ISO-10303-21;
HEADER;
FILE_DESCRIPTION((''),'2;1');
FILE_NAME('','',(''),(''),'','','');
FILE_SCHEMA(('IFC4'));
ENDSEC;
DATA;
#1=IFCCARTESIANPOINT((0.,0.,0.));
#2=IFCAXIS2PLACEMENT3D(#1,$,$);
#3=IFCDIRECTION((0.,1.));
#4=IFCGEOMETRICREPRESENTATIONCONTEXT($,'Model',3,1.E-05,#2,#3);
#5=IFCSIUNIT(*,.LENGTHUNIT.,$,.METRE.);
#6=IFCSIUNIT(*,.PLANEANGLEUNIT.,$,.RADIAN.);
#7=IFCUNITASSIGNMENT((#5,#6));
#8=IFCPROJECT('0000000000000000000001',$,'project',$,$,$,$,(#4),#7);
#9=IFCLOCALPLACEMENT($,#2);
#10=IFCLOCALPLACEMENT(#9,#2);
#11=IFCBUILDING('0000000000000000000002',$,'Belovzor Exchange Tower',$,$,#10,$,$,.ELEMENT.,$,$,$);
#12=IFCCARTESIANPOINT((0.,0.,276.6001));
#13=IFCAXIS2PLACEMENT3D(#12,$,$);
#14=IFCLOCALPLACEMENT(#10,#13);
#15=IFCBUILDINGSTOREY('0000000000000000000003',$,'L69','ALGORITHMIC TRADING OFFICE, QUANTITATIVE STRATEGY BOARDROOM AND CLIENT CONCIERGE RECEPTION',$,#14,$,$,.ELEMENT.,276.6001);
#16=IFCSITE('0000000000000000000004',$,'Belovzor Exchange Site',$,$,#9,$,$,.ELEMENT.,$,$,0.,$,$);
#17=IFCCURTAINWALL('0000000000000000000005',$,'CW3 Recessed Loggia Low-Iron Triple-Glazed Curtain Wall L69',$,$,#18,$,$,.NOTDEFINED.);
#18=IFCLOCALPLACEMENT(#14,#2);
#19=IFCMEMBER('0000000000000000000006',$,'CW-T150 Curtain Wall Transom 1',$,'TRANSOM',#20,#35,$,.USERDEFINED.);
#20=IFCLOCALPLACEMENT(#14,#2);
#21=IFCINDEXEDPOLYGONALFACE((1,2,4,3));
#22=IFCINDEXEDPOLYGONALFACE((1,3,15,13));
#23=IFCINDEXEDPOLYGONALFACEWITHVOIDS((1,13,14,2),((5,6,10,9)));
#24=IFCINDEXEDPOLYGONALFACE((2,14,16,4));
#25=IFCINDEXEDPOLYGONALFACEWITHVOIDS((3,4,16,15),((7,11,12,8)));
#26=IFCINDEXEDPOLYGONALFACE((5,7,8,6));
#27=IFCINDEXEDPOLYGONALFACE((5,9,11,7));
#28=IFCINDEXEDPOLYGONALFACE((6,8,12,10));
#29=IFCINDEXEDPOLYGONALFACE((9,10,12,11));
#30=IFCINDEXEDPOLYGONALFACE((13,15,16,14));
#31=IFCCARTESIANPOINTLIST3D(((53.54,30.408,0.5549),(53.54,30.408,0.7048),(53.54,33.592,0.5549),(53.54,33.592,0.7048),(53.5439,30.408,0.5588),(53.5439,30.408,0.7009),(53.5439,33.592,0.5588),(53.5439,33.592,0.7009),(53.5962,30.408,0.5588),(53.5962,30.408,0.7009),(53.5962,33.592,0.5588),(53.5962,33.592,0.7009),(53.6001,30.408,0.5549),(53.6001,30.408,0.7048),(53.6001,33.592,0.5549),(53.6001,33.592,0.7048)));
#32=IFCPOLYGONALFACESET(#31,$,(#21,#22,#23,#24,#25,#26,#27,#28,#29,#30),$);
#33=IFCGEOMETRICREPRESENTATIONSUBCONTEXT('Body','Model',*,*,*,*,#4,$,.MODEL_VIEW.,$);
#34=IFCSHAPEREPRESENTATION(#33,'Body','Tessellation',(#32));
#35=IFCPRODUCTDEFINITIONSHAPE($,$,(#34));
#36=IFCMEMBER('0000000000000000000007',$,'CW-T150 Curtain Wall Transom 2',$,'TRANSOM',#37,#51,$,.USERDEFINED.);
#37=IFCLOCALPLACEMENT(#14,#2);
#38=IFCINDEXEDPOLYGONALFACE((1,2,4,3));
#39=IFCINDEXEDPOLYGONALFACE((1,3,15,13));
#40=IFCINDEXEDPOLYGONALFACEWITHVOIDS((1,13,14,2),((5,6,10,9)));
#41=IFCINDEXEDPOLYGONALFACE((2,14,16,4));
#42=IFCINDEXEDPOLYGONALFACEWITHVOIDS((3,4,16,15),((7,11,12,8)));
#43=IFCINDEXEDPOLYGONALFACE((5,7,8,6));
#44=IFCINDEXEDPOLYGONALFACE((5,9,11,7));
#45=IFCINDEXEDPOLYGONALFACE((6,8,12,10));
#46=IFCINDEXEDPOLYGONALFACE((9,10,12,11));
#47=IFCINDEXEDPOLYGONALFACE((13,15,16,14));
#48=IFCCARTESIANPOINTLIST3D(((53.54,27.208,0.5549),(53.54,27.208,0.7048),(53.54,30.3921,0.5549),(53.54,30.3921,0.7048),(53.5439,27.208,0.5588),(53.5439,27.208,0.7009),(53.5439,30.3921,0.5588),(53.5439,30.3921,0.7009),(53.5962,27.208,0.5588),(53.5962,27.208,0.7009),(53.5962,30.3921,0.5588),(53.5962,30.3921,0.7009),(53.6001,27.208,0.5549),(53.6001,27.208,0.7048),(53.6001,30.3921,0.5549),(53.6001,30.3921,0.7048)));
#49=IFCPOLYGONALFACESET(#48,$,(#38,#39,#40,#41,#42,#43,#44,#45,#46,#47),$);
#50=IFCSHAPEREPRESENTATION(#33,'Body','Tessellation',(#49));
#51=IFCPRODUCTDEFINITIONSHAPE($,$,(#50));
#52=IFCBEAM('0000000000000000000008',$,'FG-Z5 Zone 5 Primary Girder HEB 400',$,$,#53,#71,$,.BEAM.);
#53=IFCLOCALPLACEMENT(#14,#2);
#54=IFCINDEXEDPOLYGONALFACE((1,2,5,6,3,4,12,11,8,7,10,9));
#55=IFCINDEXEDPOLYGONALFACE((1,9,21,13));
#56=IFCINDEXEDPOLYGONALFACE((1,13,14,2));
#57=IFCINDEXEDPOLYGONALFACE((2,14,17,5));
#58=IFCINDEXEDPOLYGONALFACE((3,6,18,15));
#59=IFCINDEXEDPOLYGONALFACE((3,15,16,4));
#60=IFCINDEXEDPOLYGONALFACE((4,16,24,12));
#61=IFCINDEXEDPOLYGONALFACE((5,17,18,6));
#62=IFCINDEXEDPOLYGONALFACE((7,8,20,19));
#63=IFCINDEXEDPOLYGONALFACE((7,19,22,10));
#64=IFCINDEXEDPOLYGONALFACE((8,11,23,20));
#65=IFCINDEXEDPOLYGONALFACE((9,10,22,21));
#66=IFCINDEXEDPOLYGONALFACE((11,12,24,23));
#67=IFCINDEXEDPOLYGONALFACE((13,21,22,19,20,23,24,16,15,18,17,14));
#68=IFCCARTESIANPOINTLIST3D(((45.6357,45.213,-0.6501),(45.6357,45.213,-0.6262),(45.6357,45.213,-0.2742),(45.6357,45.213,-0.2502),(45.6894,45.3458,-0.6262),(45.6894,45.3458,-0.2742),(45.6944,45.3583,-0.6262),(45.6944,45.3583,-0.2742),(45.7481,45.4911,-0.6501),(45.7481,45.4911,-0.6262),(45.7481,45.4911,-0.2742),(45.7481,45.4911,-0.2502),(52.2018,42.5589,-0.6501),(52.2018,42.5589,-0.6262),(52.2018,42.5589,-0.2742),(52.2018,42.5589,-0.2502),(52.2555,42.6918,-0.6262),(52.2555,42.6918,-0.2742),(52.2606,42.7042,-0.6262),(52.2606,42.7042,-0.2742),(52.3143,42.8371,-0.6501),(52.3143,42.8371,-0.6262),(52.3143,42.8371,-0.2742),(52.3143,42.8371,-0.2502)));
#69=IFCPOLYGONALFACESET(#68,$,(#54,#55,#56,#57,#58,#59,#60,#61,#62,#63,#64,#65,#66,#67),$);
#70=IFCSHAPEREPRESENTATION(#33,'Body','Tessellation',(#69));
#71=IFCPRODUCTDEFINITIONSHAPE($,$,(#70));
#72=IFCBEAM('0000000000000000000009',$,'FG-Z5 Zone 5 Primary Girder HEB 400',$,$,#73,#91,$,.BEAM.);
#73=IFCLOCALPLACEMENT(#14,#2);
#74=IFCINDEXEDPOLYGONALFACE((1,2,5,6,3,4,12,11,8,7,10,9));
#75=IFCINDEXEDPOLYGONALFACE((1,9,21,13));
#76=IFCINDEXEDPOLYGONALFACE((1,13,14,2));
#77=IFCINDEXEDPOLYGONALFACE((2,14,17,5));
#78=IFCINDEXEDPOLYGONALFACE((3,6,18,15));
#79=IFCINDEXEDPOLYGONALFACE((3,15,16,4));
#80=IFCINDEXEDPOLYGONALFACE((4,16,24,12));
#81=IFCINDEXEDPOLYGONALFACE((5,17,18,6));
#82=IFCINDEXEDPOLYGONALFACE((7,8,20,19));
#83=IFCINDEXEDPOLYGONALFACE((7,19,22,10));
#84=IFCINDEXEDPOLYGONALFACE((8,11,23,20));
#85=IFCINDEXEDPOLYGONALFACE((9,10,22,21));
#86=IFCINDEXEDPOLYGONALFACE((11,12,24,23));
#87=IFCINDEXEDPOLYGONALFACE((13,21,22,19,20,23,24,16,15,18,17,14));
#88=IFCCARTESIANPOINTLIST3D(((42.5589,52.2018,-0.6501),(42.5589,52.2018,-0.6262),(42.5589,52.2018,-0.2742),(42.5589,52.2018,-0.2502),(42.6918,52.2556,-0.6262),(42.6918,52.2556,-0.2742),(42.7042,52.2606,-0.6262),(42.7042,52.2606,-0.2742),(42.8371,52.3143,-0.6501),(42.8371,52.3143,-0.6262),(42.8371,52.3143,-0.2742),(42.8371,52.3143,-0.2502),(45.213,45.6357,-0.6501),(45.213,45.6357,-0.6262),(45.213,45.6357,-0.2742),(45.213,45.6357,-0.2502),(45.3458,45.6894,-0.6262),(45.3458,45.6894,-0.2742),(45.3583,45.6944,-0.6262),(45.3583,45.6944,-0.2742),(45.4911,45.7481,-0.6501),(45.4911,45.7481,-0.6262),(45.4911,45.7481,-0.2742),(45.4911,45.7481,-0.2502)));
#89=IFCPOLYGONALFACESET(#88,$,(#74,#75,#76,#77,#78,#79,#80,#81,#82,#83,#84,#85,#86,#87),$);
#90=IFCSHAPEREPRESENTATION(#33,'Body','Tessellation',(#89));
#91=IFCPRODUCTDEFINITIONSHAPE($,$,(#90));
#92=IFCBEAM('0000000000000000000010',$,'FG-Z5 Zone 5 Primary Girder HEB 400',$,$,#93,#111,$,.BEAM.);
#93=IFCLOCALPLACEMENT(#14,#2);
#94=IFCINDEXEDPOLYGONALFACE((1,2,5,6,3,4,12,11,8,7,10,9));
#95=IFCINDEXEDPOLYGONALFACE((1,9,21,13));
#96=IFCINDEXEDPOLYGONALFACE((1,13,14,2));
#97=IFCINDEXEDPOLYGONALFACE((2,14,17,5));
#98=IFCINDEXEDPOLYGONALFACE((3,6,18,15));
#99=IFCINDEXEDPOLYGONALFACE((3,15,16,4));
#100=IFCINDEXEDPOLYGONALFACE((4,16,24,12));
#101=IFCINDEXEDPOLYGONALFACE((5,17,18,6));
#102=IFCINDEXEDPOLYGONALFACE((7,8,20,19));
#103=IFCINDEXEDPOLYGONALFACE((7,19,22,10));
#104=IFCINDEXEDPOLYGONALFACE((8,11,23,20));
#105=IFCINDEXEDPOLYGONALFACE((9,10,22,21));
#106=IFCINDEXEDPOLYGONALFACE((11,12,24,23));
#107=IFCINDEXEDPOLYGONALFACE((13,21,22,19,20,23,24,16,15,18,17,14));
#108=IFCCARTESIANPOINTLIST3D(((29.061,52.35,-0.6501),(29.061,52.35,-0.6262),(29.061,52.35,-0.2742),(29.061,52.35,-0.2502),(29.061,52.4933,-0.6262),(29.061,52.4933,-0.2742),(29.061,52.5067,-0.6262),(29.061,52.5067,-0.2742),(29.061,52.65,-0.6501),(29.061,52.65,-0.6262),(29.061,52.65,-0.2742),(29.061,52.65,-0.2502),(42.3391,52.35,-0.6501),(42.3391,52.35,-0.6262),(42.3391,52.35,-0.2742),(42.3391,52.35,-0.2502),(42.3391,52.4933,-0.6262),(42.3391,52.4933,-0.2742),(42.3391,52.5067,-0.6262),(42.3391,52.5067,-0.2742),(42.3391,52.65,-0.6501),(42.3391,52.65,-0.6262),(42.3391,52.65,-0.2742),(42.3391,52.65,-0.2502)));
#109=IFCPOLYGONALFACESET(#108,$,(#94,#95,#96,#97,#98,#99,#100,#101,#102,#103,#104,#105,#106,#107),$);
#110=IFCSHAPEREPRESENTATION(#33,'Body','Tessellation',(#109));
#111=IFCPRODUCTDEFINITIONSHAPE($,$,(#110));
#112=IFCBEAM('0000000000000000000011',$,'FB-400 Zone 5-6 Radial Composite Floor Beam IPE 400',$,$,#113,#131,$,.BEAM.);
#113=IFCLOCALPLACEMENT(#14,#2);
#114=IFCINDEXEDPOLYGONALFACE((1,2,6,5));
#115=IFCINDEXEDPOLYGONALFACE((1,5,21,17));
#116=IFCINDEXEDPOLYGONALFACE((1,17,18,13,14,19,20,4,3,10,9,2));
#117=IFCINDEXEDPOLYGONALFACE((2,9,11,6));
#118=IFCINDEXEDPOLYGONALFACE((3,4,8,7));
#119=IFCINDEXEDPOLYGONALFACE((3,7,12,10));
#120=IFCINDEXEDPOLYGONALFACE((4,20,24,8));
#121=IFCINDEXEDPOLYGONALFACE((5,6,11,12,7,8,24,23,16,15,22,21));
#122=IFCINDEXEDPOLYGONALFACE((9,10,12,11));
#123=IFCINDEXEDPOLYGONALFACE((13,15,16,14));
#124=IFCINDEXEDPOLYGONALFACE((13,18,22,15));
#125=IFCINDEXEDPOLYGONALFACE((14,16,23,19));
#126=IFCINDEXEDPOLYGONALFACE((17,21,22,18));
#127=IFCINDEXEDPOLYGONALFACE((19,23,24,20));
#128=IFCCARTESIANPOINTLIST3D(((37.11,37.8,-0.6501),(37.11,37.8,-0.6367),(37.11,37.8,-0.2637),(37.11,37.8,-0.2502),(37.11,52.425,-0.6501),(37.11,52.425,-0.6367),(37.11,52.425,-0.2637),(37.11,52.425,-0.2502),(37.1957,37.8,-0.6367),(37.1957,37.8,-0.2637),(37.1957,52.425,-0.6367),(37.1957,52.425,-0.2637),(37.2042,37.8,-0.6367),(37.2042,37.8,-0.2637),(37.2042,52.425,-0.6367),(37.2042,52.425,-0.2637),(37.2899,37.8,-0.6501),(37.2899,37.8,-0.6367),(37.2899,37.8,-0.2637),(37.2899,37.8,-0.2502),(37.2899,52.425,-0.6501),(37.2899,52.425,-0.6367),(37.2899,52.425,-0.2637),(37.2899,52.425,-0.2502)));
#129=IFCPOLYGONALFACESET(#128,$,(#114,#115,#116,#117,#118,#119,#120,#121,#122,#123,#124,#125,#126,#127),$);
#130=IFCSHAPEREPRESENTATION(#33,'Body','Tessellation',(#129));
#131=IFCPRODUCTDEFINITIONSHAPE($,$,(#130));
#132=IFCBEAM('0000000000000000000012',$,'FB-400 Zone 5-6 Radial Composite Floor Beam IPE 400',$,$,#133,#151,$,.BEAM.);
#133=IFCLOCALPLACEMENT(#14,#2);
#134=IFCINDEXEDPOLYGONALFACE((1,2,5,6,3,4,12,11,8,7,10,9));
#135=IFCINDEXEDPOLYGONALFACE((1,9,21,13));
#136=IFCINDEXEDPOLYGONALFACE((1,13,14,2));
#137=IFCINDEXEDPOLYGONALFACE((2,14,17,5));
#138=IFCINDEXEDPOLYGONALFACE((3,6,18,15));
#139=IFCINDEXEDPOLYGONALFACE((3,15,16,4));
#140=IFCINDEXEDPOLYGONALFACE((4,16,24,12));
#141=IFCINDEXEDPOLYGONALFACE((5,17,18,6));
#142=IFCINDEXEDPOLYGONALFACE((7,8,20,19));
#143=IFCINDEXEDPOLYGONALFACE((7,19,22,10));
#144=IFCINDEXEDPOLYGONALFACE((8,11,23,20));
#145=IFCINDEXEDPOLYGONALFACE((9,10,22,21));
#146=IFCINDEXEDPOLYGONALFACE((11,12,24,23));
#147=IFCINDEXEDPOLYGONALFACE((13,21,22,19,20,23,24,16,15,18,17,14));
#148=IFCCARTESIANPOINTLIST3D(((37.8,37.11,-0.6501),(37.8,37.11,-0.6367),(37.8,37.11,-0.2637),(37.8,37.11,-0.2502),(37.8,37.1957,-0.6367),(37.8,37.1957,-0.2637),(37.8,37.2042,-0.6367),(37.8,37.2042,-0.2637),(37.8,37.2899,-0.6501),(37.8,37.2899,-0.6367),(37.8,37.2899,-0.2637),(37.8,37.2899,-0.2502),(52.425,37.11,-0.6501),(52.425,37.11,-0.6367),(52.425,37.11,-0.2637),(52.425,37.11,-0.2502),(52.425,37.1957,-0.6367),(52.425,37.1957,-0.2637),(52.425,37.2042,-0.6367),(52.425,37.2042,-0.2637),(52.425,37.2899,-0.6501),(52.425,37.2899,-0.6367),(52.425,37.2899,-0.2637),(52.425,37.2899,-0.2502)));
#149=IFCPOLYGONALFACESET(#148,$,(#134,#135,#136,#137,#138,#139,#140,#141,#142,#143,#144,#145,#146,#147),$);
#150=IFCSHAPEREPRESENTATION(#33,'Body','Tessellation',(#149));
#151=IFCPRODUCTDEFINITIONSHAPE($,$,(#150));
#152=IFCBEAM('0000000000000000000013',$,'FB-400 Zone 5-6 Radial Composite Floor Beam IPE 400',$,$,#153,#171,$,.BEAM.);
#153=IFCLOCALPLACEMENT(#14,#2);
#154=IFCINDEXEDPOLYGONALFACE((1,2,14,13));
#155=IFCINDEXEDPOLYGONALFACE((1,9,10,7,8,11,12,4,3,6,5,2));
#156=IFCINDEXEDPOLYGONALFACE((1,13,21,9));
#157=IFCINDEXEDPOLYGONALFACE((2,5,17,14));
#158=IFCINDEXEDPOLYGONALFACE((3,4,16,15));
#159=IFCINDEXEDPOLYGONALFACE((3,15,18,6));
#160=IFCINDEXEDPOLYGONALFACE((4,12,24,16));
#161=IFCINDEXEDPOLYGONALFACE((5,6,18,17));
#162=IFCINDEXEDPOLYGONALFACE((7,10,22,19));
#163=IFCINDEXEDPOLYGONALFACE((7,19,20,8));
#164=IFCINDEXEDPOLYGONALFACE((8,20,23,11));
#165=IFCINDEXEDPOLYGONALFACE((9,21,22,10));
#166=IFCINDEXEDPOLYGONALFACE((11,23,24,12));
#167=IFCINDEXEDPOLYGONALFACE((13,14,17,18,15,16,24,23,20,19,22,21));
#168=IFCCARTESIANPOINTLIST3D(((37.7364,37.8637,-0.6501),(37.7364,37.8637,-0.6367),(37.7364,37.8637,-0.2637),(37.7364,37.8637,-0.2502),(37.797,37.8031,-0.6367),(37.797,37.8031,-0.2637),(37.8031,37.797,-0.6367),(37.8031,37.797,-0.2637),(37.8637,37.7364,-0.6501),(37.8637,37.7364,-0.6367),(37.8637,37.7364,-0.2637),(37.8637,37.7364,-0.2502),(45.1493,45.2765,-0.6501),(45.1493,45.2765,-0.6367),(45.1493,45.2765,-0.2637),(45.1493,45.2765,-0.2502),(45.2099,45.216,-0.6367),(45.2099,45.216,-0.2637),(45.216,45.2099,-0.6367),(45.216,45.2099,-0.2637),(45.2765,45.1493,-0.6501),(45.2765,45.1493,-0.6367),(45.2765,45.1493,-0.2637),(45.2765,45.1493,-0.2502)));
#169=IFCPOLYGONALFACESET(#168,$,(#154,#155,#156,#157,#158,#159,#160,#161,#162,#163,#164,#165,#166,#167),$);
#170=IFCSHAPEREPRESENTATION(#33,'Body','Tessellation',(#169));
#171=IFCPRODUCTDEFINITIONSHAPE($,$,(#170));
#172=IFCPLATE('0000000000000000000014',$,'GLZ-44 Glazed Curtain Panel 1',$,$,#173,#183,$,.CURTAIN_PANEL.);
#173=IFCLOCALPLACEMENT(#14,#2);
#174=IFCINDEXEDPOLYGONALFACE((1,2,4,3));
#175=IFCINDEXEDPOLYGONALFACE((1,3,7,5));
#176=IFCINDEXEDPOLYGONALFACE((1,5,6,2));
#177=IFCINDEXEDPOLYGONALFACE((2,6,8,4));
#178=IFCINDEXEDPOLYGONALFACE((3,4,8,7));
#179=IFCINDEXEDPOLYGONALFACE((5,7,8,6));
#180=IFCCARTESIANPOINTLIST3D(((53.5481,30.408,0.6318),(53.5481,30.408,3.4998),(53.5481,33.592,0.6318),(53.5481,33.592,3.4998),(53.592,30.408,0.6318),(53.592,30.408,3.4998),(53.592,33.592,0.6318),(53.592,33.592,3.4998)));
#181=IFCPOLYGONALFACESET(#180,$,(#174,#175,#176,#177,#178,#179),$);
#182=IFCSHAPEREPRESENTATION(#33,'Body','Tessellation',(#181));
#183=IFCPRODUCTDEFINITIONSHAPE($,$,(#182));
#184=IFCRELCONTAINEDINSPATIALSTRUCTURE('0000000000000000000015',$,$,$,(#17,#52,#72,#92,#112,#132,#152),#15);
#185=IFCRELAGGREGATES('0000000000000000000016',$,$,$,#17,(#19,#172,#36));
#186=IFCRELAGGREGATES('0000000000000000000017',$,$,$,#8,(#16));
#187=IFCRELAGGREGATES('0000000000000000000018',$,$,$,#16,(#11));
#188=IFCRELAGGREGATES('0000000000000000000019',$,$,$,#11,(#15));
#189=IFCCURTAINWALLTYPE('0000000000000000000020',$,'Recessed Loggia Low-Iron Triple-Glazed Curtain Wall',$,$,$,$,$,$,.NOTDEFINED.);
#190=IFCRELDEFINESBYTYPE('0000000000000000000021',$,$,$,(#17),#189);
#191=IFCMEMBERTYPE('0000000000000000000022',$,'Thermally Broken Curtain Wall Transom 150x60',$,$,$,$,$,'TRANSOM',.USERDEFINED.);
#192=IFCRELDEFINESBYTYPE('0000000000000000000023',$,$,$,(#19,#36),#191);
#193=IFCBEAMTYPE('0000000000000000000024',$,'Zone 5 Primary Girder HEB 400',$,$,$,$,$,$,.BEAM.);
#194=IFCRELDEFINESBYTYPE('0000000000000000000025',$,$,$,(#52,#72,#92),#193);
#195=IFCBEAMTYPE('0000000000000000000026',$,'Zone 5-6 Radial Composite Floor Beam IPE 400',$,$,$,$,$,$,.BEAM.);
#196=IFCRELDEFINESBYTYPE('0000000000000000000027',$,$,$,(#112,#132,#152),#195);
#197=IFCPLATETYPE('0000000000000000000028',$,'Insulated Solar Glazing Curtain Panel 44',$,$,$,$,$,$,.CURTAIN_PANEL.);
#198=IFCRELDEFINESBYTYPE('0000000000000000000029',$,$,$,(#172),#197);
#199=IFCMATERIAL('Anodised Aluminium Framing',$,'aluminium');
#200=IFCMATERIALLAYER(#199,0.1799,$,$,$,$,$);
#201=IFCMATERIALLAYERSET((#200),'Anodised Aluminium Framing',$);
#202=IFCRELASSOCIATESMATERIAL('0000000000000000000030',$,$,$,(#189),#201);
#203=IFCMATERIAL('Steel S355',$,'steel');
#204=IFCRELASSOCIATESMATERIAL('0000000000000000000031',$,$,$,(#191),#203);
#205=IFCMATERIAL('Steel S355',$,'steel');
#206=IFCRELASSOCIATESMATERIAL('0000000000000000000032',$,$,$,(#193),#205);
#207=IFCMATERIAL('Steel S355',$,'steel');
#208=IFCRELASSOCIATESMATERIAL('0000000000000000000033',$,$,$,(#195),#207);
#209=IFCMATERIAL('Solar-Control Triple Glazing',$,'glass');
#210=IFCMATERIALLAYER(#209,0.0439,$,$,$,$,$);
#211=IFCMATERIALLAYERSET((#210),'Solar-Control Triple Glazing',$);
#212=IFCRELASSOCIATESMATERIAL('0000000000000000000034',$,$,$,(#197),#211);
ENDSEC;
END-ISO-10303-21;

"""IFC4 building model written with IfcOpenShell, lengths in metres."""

from ifc_helpers import new_model, si_unit, direction, frame, origin, origin_2d, place, context, subcontext, project, spatial, rectangle, hollow_rectangle, i_section, extrude, material, layer, layer_set, material_profile, profile_set, type_object, element, aggregate, save


model = new_model("IFC4")

# Units and contexts
model_context = context("Model", 3, precision=1e-05, world=origin(), true_north=direction((0.0, 1.0)))
body_context = subcontext(model_context, "Body", "Model", "MODEL_VIEW")
ifc_project = project(units=[si_unit("LENGTHUNIT", "METRE"), si_unit("PLANEANGLEUNIT", "RADIAN")], contexts=[model_context])

# Site, building, storey
site_placement = place(None, origin())
site = spatial("IfcSite", under=ifc_project, at=site_placement, Name="Belovzor Exchange Site", CompositionType="ELEMENT", RefElevation=0.0)
building_placement = place(site_placement, origin())
building = spatial("IfcBuilding", under=site, at=building_placement, Name="Belovzor Exchange Tower", CompositionType="ELEMENT")
storey_placement = place(building_placement, frame((0.0, 0.0, 276.6001)))
storey = spatial("IfcBuildingStorey", under=building, at=storey_placement, Name="L69", Description="ALGORITHMIC TRADING OFFICE, QUANTITATIVE STRATEGY BOARDROOM AND CLIENT CONCIERGE RECEPTION", CompositionType="ELEMENT", Elevation=276.6001)

# Curtain wall, members
ifc_material_1 = material(Name="Anodised Aluminium Framing", Category="aluminium")
ifc_layer_1 = layer(ifc_material_1, 0.1799)
ifc_layer_set_1 = layer_set([ifc_layer_1], Name="Anodised Aluminium Framing")
curtain_wall_type = type_object("IfcCurtainWallType", Name="Recessed Loggia Low-Iron Triple-Glazed Curtain Wall", PredefinedType="NOTDEFINED", material=ifc_layer_set_1)
curtain_wall_placement = place(storey_placement, origin())
curtain_wall = element("IfcCurtainWall", 1, at=curtain_wall_placement, inside=storey, type_object=curtain_wall_type, Name="CW3 Recessed Loggia Low-Iron Triple-Glazed Curtain Wall L69", PredefinedType="NOTDEFINED")
ifc_material_2 = material(Name="Steel S355", Category="steel")
ifc_material_profile_1 = material_profile(ifc_material_2, hollow_rectangle(XDim=0.0601, YDim=0.1499, WallThickness=0.0039, at=origin_2d()))
ifc_profile_set_1 = profile_set([ifc_material_profile_1], Name="Steel S355")
member_type_1 = type_object("IfcMemberType", Name="Thermally Broken Curtain Wall Transom 150x60", ElementType="TRANSOM", PredefinedType="USERDEFINED", material=ifc_profile_set_1)
member_1_placement = place(storey_placement, frame((53.5701, 33.592, 0.6299), z_axis=(0.0, -1.0, 0.0), x_axis=(1.0, 0.0, 0.0)))
member_1 = element("IfcMember", 2, at=member_1_placement, type_object=member_type_1, Name="CW-T150 Curtain Wall Transom 1", ObjectType="TRANSOM", PredefinedType="USERDEFINED", context=body_context, shape_type="SweptSolid", body=[
    extrude(hollow_rectangle(XDim=0.0601, YDim=0.1499, WallThickness=0.0039, at=origin_2d()), origin(), (0.0, 0.0, 1.0), 3.1841),
])
member_2_placement = place(storey_placement, frame((53.5701, 30.3921, 0.6299), z_axis=(0.0, -1.0, 0.0), x_axis=(1.0, 0.0, 0.0)))
member_2 = element("IfcMember", 3, at=member_2_placement, type_object=member_type_1, Name="CW-T150 Curtain Wall Transom 2", ObjectType="TRANSOM", PredefinedType="USERDEFINED", context=body_context, shape_type="SweptSolid", body=[
    extrude(hollow_rectangle(XDim=0.0601, YDim=0.1499, WallThickness=0.0039, at=origin_2d()), origin(), (0.0, 0.0, 1.0), 3.1841),
])

# Beams
ifc_material_3 = material(Name="Steel S355", Category="steel")
ifc_material_profile_2 = material_profile(ifc_material_3, i_section(OverallWidth=0.3, OverallDepth=0.3999, WebThickness=0.0134, FlangeThickness=0.0239, at=origin_2d()))
ifc_profile_set_2 = profile_set([ifc_material_profile_2], Name="Steel S355")
beam_type_1 = type_object("IfcBeamType", Name="Zone 5 Primary Girder HEB 400", PredefinedType="BEAM", material=ifc_profile_set_2)
for number, where, z_axis, x_axis, name in (
    (4, (52.2581, 42.698, -0.4502), (-0.927127, 0.374746, 0.0), (-0.374746, -0.927127, 0.0), "FG-Z5 Zone 5 Primary Girder HEB 400"),
    (5, (45.3521, 45.6919, -0.4502), (-0.374746, 0.927127, 0.0), (-0.927127, -0.374746, 0.0), "FG-Z5 Zone 5 Primary Girder HEB 400"),
):
    element("IfcBeam", number, at=place(storey_placement, frame(where, z_axis=z_axis, x_axis=x_axis)), inside=storey, type_object=beam_type_1, Name=name, PredefinedType="BEAM", context=body_context, shape_type="SweptSolid", body=[
        extrude(i_section(OverallWidth=0.3, OverallDepth=0.3999, WebThickness=0.0134, FlangeThickness=0.0239, at=origin_2d()), origin(), (0.0, 0.0, 1.0), 7.0823),
    ])
beam_1_placement = place(storey_placement, frame((42.3391, 52.5, -0.4502), z_axis=(-1.0, 0.0, 0.0), x_axis=(0.0, -1.0, 0.0)))
element("IfcBeam", 6, at=beam_1_placement, inside=storey, type_object=beam_type_1, Name="FG-Z5 Zone 5 Primary Girder HEB 400", PredefinedType="BEAM", context=body_context, shape_type="SweptSolid", body=[
    extrude(i_section(OverallWidth=0.3, OverallDepth=0.3999, WebThickness=0.0134, FlangeThickness=0.0239, at=origin_2d()), origin(), (0.0, 0.0, 1.0), 13.2781),
])
ifc_material_4 = material(Name="Steel S355", Category="steel")
ifc_material_profile_3 = material_profile(ifc_material_4, i_section(OverallWidth=0.1799, OverallDepth=0.3999, WebThickness=0.0085, FlangeThickness=0.0134, at=origin_2d()))
ifc_profile_set_3 = profile_set([ifc_material_profile_3], Name="Steel S355")
beam_type_2 = type_object("IfcBeamType", Name="Zone 5-6 Radial Composite Floor Beam IPE 400", PredefinedType="BEAM", material=ifc_profile_set_3)
for number, where, z_axis, x_axis, name in (
    (7, (37.2, 37.8, -0.4502), (0.0, 1.0, 0.0), (-1.0, 0.0, 0.0), "FB-400 Zone 5-6 Radial Composite Floor Beam IPE 400"),
    (8, (37.8, 37.2, -0.4502), (1.0, 0.0, 0.0), (0.0, 1.0, 0.0), "FB-400 Zone 5-6 Radial Composite Floor Beam IPE 400"),
):
    element("IfcBeam", number, at=place(storey_placement, frame(where, z_axis=z_axis, x_axis=x_axis)), inside=storey, type_object=beam_type_2, Name=name, PredefinedType="BEAM", context=body_context, shape_type="SweptSolid", body=[
        extrude(i_section(OverallWidth=0.1799, OverallDepth=0.3999, WebThickness=0.0085, FlangeThickness=0.0134, at=origin_2d()), origin(), (0.0, 0.0, 1.0), 14.625),
    ])
beam_2_placement = place(storey_placement, frame((37.8, 37.8, -0.4502), z_axis=(0.707107, 0.707107, 0.0), x_axis=(-0.707107, 0.707107, 0.0)))
element("IfcBeam", 9, at=beam_2_placement, inside=storey, type_object=beam_type_2, Name="FB-400 Zone 5-6 Radial Composite Floor Beam IPE 400", PredefinedType="BEAM", context=body_context, shape_type="SweptSolid", body=[
    extrude(i_section(OverallWidth=0.1799, OverallDepth=0.3999, WebThickness=0.0085, FlangeThickness=0.0134, at=origin_2d()), origin(), (0.0, 0.0, 1.0), 10.4834),
])

# Plate
ifc_material_5 = material(Name="Solar-Control Triple Glazing", Category="glass")
ifc_layer_2 = layer(ifc_material_5, 0.0439)
ifc_layer_set_2 = layer_set([ifc_layer_2], Name="Solar-Control Triple Glazing")
plate_type_1 = type_object("IfcPlateType", Name="Insulated Solar Glazing Curtain Panel 44", PredefinedType="CURTAIN_PANEL", material=ifc_layer_set_2)
plate_1_placement = place(storey_placement, frame((53.5701, 32.0, 0.6318), z_axis=(0.0, 0.0, 1.0), x_axis=(0.0, -1.0, 0.0)))
plate_1 = element("IfcPlate", 10, at=plate_1_placement, type_object=plate_type_1, Name="GLZ-44 Glazed Curtain Panel 1", PredefinedType="CURTAIN_PANEL", context=body_context, shape_type="SweptSolid", body=[
    extrude(rectangle(XDim=3.1841, YDim=0.0439, at=origin_2d()), origin(), (0.0, 0.0, 1.0), 2.8679),
])
aggregate(curtain_wall, [member_1, plate_1, member_2])

save(model, "model.ifc")
